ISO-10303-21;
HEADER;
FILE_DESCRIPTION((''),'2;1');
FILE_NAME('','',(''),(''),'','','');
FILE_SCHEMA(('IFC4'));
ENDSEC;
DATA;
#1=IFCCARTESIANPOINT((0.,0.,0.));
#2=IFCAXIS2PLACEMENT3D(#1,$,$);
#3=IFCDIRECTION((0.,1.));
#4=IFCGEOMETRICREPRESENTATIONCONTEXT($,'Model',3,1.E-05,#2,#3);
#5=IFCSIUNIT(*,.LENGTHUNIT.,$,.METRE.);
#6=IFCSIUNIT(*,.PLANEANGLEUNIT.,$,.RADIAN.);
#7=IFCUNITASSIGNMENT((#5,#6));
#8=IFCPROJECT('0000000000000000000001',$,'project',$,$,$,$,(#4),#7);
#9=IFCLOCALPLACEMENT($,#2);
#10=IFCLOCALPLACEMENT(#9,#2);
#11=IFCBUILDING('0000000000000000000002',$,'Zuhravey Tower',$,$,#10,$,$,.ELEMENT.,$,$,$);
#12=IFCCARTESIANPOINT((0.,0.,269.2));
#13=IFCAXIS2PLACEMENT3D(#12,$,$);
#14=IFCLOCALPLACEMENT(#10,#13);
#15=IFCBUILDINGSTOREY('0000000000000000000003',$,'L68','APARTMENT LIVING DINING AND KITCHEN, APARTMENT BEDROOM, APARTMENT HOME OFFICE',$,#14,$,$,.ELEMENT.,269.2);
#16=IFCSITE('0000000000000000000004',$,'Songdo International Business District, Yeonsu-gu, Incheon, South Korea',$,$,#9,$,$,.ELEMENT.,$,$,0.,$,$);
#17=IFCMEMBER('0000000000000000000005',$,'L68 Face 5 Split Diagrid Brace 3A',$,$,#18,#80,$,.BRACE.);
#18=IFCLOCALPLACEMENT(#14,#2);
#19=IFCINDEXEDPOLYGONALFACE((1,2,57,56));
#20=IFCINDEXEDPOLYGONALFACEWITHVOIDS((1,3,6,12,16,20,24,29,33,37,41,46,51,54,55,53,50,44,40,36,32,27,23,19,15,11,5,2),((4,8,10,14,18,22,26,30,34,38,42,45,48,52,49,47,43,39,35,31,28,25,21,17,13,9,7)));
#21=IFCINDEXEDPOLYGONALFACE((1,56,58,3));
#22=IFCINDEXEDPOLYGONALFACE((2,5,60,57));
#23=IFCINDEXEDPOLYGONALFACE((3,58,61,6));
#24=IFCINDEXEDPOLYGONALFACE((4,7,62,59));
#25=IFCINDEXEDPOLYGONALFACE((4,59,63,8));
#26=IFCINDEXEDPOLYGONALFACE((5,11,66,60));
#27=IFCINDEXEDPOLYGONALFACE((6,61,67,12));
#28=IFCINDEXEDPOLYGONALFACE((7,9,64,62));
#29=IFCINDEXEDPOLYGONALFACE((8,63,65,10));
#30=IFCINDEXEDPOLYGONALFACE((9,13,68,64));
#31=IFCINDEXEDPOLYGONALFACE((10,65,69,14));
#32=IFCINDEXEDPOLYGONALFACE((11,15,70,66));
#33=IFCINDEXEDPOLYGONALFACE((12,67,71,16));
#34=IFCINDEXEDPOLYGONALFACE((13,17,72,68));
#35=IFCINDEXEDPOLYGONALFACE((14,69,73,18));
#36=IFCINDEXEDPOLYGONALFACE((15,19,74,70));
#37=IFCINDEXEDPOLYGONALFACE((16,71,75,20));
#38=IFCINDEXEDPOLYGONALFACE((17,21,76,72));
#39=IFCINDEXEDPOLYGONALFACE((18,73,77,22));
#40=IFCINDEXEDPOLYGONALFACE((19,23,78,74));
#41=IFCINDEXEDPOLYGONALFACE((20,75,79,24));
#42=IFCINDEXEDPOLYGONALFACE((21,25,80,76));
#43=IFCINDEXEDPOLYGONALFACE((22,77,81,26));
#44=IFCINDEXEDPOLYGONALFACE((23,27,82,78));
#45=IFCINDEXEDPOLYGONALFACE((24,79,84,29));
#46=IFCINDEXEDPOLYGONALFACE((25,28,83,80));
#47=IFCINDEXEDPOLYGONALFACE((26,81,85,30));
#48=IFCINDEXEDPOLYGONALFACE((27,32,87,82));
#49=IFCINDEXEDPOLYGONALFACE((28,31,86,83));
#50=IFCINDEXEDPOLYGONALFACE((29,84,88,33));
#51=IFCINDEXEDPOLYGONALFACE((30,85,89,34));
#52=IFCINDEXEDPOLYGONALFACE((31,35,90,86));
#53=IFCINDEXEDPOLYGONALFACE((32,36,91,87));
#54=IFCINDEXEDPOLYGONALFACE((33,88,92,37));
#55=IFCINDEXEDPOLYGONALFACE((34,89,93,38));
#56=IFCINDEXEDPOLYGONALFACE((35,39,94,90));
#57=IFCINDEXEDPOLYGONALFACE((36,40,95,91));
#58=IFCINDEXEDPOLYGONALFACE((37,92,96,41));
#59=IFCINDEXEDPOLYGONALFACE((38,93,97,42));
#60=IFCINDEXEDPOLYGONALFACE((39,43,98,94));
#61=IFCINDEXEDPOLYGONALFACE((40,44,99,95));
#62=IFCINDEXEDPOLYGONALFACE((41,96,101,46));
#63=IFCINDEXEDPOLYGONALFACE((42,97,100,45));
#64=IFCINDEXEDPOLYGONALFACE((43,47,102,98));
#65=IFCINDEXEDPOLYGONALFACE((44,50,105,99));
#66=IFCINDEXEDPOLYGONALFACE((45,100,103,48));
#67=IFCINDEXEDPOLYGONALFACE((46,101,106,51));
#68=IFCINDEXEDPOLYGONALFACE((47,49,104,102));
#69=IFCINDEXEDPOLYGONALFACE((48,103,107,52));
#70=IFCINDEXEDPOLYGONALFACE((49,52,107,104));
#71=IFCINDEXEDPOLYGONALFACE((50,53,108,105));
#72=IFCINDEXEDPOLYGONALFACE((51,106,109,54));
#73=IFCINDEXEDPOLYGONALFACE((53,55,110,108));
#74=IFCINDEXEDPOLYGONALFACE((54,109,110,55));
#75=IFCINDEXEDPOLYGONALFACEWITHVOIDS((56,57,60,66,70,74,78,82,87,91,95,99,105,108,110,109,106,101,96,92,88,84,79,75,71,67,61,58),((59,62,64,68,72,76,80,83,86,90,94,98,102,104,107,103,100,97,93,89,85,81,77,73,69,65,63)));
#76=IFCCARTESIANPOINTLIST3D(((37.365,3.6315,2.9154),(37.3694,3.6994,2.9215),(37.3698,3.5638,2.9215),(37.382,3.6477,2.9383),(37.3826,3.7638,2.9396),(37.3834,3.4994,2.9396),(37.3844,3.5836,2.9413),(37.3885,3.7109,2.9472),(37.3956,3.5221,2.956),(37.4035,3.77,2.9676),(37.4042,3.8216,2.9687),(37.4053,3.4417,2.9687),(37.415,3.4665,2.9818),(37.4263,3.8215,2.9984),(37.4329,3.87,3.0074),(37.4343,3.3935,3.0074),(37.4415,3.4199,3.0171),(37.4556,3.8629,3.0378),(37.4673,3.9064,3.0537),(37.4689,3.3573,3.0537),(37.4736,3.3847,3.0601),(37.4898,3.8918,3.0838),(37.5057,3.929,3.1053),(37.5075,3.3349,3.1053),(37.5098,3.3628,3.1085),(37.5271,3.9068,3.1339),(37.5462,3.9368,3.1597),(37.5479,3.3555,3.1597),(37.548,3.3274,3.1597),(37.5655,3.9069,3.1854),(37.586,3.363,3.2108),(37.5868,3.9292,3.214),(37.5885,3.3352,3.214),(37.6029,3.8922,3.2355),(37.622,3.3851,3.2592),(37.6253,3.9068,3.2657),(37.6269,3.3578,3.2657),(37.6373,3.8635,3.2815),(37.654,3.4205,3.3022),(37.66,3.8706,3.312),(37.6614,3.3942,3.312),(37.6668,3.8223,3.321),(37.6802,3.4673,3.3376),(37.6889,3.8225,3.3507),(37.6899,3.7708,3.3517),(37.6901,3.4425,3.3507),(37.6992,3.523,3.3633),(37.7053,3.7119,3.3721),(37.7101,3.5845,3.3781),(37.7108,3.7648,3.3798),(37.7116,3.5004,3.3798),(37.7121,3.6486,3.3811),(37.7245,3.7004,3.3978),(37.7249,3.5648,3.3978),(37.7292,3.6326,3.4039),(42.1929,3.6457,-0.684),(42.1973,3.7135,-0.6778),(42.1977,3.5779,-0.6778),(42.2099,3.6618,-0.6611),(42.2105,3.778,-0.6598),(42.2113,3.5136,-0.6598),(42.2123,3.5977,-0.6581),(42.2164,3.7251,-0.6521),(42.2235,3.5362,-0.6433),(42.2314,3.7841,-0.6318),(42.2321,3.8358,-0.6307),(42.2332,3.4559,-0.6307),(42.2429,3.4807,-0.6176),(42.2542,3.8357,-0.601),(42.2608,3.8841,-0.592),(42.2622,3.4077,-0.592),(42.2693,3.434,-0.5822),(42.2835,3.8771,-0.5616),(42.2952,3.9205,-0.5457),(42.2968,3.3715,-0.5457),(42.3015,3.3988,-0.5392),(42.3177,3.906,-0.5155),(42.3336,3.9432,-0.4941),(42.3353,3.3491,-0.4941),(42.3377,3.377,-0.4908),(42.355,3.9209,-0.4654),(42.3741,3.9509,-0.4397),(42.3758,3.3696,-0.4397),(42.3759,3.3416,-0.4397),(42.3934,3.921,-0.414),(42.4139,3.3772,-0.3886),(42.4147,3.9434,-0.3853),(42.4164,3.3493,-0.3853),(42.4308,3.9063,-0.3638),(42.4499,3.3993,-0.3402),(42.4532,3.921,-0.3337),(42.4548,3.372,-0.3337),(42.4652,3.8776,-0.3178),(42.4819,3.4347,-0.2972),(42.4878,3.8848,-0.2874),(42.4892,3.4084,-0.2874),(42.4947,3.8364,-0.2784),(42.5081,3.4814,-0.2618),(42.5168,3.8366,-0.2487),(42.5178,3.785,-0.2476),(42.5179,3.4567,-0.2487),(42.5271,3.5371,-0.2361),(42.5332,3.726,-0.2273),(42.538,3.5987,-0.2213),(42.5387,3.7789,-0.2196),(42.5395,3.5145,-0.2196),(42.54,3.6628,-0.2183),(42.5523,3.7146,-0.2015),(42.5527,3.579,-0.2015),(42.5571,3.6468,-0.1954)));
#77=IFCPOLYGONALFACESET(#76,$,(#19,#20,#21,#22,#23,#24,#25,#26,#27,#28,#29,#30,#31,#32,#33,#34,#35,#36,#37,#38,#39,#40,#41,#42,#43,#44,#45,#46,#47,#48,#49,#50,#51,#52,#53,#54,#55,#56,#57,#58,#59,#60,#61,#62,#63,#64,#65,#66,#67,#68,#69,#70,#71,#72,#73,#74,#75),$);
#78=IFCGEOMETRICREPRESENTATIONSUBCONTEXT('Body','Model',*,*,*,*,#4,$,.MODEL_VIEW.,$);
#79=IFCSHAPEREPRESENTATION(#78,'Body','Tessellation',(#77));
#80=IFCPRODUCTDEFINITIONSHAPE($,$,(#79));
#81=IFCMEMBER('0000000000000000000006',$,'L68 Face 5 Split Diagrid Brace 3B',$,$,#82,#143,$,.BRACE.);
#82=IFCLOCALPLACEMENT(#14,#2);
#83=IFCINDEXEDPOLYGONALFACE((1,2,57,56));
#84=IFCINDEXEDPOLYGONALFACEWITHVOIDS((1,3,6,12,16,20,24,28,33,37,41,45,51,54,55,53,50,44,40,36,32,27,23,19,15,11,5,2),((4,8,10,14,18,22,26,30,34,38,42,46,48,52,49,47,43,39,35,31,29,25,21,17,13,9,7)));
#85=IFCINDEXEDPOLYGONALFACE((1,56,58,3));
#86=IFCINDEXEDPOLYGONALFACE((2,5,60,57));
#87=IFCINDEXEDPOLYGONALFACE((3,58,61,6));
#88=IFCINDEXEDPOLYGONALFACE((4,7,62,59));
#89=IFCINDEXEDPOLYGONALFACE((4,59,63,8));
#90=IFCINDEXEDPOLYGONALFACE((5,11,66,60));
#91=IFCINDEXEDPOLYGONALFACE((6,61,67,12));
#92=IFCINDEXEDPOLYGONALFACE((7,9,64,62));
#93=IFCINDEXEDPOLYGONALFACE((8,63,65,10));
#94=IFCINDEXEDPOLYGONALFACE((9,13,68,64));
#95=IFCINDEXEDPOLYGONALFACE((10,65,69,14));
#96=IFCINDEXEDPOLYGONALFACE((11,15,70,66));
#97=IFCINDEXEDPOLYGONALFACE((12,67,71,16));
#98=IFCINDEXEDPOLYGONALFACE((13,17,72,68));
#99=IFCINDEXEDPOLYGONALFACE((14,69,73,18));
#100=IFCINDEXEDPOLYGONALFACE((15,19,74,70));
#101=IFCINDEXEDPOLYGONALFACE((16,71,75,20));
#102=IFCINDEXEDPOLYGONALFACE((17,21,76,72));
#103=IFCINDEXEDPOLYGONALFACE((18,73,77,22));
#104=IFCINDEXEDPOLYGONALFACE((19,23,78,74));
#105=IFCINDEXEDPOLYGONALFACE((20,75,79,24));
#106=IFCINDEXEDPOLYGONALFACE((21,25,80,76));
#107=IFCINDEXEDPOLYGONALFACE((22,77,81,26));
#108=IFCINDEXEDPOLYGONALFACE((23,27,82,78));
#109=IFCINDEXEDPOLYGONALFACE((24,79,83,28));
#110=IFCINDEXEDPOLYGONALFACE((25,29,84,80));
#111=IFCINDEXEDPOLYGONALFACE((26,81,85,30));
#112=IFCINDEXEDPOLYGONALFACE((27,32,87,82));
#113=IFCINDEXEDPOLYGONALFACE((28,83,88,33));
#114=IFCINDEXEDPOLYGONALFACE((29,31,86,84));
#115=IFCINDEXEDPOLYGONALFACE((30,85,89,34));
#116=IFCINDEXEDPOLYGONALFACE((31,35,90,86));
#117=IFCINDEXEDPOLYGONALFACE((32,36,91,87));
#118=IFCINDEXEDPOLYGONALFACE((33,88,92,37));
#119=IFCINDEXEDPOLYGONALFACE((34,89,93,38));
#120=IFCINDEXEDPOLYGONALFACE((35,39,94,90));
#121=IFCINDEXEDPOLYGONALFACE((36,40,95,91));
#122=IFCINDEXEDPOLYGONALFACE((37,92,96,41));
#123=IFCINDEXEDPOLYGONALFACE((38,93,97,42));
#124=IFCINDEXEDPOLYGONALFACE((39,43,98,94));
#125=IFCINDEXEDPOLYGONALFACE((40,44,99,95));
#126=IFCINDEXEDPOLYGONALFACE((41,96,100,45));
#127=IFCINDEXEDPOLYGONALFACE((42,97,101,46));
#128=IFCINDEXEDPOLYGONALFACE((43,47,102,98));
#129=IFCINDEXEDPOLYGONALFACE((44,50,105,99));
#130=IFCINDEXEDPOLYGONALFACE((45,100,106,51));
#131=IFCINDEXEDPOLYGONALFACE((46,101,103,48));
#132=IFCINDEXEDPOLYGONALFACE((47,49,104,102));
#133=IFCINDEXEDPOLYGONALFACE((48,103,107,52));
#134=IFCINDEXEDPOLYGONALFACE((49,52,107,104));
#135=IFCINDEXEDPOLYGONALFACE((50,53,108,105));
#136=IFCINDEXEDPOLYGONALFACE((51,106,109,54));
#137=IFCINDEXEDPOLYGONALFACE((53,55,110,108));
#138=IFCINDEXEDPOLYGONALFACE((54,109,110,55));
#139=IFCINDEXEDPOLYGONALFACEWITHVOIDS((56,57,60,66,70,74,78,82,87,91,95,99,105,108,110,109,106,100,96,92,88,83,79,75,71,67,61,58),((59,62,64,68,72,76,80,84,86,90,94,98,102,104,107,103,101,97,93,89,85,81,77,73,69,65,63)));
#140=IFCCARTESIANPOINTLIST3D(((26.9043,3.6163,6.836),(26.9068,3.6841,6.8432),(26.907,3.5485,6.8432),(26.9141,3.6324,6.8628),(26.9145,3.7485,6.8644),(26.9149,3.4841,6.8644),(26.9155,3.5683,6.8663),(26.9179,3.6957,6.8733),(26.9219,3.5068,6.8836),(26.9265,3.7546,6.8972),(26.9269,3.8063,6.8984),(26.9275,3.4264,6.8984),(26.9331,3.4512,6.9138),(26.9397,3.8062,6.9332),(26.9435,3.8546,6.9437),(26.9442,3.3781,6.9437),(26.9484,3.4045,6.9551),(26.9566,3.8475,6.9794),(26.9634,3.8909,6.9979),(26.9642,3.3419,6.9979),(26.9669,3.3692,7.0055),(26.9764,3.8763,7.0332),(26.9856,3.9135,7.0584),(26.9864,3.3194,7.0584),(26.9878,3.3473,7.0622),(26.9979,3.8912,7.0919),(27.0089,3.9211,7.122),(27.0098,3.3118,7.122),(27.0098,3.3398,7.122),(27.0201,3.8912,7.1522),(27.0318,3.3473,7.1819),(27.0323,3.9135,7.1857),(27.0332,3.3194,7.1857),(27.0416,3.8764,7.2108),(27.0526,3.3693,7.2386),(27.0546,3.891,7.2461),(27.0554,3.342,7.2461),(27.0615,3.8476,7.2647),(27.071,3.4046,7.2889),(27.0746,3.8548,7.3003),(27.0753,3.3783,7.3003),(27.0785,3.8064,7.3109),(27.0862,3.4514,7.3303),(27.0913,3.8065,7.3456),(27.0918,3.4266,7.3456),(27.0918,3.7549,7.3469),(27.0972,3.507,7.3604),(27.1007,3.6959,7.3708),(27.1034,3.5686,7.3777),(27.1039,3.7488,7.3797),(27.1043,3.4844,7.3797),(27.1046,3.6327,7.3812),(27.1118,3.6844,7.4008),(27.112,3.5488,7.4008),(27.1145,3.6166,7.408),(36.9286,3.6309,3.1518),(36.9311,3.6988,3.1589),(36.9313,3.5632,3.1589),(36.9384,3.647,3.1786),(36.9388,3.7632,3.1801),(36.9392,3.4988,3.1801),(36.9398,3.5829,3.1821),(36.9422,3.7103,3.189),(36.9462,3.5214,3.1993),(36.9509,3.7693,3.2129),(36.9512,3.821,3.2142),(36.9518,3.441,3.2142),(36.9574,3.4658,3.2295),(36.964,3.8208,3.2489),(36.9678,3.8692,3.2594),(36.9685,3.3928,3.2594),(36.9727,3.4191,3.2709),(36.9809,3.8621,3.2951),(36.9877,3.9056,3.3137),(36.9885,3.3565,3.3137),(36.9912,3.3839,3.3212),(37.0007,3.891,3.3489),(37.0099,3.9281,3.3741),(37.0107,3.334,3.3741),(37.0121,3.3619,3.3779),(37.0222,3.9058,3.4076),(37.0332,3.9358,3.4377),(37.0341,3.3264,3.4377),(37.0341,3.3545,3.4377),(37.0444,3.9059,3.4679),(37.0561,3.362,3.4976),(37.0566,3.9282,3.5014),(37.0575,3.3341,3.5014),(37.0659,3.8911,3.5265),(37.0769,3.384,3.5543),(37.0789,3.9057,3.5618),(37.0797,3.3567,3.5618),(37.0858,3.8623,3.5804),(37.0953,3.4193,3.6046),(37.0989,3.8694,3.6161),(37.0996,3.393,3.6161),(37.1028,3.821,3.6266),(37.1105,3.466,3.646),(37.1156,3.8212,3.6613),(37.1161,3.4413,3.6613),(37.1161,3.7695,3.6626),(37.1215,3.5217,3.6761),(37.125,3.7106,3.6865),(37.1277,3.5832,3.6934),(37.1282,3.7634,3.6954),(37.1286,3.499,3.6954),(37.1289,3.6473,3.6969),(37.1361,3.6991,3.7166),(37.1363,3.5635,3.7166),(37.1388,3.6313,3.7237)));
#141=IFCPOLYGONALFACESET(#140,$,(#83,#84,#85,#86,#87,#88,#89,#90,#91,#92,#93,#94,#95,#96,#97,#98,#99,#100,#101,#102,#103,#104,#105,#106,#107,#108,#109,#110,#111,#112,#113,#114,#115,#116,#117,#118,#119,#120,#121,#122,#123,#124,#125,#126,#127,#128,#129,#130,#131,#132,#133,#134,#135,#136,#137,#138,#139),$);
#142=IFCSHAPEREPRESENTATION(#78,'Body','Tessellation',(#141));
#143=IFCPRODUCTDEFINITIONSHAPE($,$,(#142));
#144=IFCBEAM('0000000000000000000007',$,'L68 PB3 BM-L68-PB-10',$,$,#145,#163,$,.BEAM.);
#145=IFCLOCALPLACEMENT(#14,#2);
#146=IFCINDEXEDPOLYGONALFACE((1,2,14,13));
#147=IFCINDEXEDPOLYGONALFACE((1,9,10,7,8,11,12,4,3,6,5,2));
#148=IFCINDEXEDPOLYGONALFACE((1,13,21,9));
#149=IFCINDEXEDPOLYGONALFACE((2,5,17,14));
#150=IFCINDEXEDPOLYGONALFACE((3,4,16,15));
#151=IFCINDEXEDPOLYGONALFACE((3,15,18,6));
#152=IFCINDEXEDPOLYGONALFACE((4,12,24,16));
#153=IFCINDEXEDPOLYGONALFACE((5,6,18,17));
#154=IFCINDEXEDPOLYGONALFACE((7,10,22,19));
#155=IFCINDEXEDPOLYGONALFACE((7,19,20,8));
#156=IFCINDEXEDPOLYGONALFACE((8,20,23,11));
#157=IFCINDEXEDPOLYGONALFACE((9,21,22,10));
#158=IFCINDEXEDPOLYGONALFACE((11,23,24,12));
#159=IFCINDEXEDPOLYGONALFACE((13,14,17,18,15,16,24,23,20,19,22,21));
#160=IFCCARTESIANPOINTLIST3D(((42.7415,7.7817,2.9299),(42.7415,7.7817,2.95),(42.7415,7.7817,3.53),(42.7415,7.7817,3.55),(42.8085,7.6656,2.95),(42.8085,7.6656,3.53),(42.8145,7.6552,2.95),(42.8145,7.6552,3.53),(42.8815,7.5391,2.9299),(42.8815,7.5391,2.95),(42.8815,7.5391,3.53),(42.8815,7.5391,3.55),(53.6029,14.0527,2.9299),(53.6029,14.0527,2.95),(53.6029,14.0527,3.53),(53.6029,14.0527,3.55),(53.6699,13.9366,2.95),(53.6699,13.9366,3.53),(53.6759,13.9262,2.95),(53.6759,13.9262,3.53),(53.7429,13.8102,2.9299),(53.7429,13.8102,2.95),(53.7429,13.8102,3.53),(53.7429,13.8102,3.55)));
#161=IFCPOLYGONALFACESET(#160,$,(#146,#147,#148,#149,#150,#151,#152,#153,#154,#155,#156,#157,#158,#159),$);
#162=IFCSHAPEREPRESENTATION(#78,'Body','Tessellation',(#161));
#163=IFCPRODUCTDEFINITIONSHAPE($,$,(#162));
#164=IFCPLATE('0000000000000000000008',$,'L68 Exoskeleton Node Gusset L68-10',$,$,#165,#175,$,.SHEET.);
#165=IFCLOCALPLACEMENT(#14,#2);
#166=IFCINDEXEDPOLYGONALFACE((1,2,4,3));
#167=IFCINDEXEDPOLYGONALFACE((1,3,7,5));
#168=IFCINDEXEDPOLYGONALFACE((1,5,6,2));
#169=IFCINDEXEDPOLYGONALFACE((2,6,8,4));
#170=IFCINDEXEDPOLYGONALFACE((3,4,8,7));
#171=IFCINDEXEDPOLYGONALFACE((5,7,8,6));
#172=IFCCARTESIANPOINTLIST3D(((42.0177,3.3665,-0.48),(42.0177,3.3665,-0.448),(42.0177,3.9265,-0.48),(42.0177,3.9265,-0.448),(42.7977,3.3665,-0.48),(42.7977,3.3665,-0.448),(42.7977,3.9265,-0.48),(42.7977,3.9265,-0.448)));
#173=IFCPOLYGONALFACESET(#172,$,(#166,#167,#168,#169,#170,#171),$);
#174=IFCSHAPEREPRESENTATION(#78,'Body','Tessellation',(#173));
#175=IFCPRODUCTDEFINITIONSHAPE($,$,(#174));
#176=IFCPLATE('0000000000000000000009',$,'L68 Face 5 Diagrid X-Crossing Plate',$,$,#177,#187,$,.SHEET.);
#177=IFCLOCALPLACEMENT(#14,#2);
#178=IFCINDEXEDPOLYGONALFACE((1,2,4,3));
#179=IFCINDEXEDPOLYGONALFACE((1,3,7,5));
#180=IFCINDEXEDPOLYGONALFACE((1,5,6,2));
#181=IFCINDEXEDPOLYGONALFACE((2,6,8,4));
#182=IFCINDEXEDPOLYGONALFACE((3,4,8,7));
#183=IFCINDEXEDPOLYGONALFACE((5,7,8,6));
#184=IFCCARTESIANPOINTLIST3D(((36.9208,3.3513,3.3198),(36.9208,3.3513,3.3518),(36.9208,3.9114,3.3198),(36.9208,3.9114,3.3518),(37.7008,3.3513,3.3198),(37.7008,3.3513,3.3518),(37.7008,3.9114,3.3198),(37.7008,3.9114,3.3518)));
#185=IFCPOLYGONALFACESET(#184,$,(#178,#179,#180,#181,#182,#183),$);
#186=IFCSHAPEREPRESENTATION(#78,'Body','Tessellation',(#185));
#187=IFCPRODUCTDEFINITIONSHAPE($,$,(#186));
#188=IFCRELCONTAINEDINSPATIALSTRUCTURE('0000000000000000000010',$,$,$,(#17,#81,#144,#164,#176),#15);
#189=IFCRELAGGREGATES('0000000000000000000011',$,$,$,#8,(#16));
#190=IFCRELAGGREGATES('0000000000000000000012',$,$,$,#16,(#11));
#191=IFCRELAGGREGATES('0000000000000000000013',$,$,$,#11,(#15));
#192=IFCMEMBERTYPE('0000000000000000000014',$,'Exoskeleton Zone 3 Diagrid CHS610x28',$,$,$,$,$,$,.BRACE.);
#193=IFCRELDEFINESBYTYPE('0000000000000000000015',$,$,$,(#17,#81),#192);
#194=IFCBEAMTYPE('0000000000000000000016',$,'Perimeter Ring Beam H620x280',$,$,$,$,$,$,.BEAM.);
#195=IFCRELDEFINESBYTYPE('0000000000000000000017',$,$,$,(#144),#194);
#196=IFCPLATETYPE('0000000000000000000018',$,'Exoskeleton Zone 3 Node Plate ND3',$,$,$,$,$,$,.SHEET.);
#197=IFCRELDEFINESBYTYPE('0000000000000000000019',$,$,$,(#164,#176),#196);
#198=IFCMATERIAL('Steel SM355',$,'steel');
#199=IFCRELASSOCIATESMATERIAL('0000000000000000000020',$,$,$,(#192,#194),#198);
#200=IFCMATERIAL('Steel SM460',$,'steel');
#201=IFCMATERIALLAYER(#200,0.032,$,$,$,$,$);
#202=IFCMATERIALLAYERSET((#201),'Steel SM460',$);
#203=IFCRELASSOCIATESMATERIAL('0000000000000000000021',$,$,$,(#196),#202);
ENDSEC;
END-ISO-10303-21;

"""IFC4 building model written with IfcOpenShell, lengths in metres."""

from ifc_helpers import new_model, si_unit, direction, frame, origin, origin_2d, place, context, subcontext, project, spatial, rectangle, hollow_circle, i_section, extrude, material, layer, layer_set, material_profile, profile_set, type_object, element, save


model = new_model("IFC4")

# Units and contexts
model_context = context("Model", 3, precision=1e-05, world=origin(), true_north=direction((0.0, 1.0)))
body_context = subcontext(model_context, "Body", "Model", "MODEL_VIEW")
ifc_project = project(units=[si_unit("LENGTHUNIT", "METRE"), si_unit("PLANEANGLEUNIT", "RADIAN")], contexts=[model_context])

# Site, building, storey
site_placement = place(None, origin())
site = spatial("IfcSite", under=ifc_project, at=site_placement, Name="Songdo International Business District, Yeonsu-gu, Incheon, South Korea", CompositionType="ELEMENT", RefElevation=0.0)
building_placement = place(site_placement, origin())
building = spatial("IfcBuilding", under=site, at=building_placement, Name="Zuhravey Tower", CompositionType="ELEMENT")
storey_placement = place(building_placement, frame((0.0, 0.0, 269.2)))
storey = spatial("IfcBuildingStorey", under=building, at=storey_placement, Name="L68", Description="APARTMENT LIVING DINING AND KITCHEN, APARTMENT BEDROOM, APARTMENT HOME OFFICE", CompositionType="ELEMENT", Elevation=269.2)

# Members
ifc_material_1 = material(Name="Steel SM355", Category="steel")
ifc_material_profile_1 = material_profile(ifc_material_1, hollow_circle(Radius=0.3047, WallThickness=0.0281, at=origin_2d()), Name="CHS-609.6x28")
ifc_profile_set_1 = profile_set([ifc_material_profile_1], Name="Steel SM355")
member_type_1 = type_object("IfcMemberType", Name="Exoskeleton Zone 3 Diagrid CHS610x28", PredefinedType="BRACE", material=ifc_profile_set_1)
member_1_placement = place(storey_placement, frame((42.375, 3.6462, -0.4397), z_axis=(-0.801712, -0.002351, 0.597706), x_axis=(0.002933, -0.999996, 0.0)))
element("IfcMember", 1, at=member_1_placement, inside=storey, type_object=member_type_1, Name="L68 Face 5 Split Diagrid Brace 3A", PredefinedType="BRACE", context=body_context, shape_type="SweptSolid", body=[
    extrude(hollow_circle(Radius=0.3047, WallThickness=0.0281, at=origin_2d()), origin(), (0.0, 0.0, 1.0), 6.022),
])
member_2_placement = place(storey_placement, frame((37.0337, 3.6311, 3.4377), z_axis=(-0.938612, -0.001372, 0.344973), x_axis=(0.001461, -0.999999, 0.0)))
element("IfcMember", 2, at=member_2_placement, inside=storey, type_object=member_type_1, Name="L68 Face 5 Split Diagrid Brace 3B", PredefinedType="BRACE", context=body_context, shape_type="SweptSolid", body=[
    extrude(hollow_circle(Radius=0.3047, WallThickness=0.0281, at=origin_2d()), origin(), (0.0, 0.0, 1.0), 10.6799),
])

# Beam
ifc_material_profile_2 = material_profile(ifc_material_1, i_section(OverallWidth=0.28, OverallDepth=0.6201, WebThickness=0.012, FlangeThickness=0.02, at=origin_2d()), Name="H-620x280x12x20")
ifc_profile_set_2 = profile_set([ifc_material_profile_2], Name="Steel SM355")
beam_type = type_object("IfcBeamType", Name="Perimeter Ring Beam H620x280", PredefinedType="BEAM", material=ifc_profile_set_2)
beam_placement = place(storey_placement, frame((42.8115, 7.6604, 3.24), z_axis=(0.866018, 0.500012, 0.0), x_axis=(-0.500012, 0.866018, 0.0)))
element("IfcBeam", 3, at=beam_placement, inside=storey, type_object=beam_type, Name="L68 PB3 BM-L68-PB-10", PredefinedType="BEAM", context=body_context, shape_type="SweptSolid", body=[
    extrude(i_section(OverallWidth=0.28, OverallDepth=0.6201, WebThickness=0.012, FlangeThickness=0.02, at=origin_2d()), origin(), (0.0, 0.0, 1.0), 12.5417),
])

# Plates
ifc_material_2 = material(Name="Steel SM460", Category="steel")
ifc_layer_1 = layer(ifc_material_2, 0.032)
ifc_layer_set_1 = layer_set([ifc_layer_1], Name="Steel SM460")
plate_type_1 = type_object("IfcPlateType", Name="Exoskeleton Zone 3 Node Plate ND3", PredefinedType="SHEET", material=ifc_layer_set_1)
for number, where, z_axis, x_axis, name in (
    (4, (42.4077, 3.6465, -0.48), (0.0, 0.0, 1.0), (1.0, 0.0, 0.0), "L68 Exoskeleton Node Gusset L68-10"),
    (5, (37.3108, 3.6313, 3.3198), (0.0, 0.0, 1.0), (1.0, 0.0, 0.0), "L68 Face 5 Diagrid X-Crossing Plate"),
):
    element("IfcPlate", number, at=place(storey_placement, frame(where, z_axis=z_axis, x_axis=x_axis)), inside=storey, type_object=plate_type_1, Name=name, PredefinedType="SHEET", context=body_context, shape_type="SweptSolid", body=[
        extrude(rectangle(XDim=0.78, YDim=0.5601, at=origin_2d()), origin(), (0.0, 0.0, 1.0), 0.032),
    ])

save(model, "model.ifc")
